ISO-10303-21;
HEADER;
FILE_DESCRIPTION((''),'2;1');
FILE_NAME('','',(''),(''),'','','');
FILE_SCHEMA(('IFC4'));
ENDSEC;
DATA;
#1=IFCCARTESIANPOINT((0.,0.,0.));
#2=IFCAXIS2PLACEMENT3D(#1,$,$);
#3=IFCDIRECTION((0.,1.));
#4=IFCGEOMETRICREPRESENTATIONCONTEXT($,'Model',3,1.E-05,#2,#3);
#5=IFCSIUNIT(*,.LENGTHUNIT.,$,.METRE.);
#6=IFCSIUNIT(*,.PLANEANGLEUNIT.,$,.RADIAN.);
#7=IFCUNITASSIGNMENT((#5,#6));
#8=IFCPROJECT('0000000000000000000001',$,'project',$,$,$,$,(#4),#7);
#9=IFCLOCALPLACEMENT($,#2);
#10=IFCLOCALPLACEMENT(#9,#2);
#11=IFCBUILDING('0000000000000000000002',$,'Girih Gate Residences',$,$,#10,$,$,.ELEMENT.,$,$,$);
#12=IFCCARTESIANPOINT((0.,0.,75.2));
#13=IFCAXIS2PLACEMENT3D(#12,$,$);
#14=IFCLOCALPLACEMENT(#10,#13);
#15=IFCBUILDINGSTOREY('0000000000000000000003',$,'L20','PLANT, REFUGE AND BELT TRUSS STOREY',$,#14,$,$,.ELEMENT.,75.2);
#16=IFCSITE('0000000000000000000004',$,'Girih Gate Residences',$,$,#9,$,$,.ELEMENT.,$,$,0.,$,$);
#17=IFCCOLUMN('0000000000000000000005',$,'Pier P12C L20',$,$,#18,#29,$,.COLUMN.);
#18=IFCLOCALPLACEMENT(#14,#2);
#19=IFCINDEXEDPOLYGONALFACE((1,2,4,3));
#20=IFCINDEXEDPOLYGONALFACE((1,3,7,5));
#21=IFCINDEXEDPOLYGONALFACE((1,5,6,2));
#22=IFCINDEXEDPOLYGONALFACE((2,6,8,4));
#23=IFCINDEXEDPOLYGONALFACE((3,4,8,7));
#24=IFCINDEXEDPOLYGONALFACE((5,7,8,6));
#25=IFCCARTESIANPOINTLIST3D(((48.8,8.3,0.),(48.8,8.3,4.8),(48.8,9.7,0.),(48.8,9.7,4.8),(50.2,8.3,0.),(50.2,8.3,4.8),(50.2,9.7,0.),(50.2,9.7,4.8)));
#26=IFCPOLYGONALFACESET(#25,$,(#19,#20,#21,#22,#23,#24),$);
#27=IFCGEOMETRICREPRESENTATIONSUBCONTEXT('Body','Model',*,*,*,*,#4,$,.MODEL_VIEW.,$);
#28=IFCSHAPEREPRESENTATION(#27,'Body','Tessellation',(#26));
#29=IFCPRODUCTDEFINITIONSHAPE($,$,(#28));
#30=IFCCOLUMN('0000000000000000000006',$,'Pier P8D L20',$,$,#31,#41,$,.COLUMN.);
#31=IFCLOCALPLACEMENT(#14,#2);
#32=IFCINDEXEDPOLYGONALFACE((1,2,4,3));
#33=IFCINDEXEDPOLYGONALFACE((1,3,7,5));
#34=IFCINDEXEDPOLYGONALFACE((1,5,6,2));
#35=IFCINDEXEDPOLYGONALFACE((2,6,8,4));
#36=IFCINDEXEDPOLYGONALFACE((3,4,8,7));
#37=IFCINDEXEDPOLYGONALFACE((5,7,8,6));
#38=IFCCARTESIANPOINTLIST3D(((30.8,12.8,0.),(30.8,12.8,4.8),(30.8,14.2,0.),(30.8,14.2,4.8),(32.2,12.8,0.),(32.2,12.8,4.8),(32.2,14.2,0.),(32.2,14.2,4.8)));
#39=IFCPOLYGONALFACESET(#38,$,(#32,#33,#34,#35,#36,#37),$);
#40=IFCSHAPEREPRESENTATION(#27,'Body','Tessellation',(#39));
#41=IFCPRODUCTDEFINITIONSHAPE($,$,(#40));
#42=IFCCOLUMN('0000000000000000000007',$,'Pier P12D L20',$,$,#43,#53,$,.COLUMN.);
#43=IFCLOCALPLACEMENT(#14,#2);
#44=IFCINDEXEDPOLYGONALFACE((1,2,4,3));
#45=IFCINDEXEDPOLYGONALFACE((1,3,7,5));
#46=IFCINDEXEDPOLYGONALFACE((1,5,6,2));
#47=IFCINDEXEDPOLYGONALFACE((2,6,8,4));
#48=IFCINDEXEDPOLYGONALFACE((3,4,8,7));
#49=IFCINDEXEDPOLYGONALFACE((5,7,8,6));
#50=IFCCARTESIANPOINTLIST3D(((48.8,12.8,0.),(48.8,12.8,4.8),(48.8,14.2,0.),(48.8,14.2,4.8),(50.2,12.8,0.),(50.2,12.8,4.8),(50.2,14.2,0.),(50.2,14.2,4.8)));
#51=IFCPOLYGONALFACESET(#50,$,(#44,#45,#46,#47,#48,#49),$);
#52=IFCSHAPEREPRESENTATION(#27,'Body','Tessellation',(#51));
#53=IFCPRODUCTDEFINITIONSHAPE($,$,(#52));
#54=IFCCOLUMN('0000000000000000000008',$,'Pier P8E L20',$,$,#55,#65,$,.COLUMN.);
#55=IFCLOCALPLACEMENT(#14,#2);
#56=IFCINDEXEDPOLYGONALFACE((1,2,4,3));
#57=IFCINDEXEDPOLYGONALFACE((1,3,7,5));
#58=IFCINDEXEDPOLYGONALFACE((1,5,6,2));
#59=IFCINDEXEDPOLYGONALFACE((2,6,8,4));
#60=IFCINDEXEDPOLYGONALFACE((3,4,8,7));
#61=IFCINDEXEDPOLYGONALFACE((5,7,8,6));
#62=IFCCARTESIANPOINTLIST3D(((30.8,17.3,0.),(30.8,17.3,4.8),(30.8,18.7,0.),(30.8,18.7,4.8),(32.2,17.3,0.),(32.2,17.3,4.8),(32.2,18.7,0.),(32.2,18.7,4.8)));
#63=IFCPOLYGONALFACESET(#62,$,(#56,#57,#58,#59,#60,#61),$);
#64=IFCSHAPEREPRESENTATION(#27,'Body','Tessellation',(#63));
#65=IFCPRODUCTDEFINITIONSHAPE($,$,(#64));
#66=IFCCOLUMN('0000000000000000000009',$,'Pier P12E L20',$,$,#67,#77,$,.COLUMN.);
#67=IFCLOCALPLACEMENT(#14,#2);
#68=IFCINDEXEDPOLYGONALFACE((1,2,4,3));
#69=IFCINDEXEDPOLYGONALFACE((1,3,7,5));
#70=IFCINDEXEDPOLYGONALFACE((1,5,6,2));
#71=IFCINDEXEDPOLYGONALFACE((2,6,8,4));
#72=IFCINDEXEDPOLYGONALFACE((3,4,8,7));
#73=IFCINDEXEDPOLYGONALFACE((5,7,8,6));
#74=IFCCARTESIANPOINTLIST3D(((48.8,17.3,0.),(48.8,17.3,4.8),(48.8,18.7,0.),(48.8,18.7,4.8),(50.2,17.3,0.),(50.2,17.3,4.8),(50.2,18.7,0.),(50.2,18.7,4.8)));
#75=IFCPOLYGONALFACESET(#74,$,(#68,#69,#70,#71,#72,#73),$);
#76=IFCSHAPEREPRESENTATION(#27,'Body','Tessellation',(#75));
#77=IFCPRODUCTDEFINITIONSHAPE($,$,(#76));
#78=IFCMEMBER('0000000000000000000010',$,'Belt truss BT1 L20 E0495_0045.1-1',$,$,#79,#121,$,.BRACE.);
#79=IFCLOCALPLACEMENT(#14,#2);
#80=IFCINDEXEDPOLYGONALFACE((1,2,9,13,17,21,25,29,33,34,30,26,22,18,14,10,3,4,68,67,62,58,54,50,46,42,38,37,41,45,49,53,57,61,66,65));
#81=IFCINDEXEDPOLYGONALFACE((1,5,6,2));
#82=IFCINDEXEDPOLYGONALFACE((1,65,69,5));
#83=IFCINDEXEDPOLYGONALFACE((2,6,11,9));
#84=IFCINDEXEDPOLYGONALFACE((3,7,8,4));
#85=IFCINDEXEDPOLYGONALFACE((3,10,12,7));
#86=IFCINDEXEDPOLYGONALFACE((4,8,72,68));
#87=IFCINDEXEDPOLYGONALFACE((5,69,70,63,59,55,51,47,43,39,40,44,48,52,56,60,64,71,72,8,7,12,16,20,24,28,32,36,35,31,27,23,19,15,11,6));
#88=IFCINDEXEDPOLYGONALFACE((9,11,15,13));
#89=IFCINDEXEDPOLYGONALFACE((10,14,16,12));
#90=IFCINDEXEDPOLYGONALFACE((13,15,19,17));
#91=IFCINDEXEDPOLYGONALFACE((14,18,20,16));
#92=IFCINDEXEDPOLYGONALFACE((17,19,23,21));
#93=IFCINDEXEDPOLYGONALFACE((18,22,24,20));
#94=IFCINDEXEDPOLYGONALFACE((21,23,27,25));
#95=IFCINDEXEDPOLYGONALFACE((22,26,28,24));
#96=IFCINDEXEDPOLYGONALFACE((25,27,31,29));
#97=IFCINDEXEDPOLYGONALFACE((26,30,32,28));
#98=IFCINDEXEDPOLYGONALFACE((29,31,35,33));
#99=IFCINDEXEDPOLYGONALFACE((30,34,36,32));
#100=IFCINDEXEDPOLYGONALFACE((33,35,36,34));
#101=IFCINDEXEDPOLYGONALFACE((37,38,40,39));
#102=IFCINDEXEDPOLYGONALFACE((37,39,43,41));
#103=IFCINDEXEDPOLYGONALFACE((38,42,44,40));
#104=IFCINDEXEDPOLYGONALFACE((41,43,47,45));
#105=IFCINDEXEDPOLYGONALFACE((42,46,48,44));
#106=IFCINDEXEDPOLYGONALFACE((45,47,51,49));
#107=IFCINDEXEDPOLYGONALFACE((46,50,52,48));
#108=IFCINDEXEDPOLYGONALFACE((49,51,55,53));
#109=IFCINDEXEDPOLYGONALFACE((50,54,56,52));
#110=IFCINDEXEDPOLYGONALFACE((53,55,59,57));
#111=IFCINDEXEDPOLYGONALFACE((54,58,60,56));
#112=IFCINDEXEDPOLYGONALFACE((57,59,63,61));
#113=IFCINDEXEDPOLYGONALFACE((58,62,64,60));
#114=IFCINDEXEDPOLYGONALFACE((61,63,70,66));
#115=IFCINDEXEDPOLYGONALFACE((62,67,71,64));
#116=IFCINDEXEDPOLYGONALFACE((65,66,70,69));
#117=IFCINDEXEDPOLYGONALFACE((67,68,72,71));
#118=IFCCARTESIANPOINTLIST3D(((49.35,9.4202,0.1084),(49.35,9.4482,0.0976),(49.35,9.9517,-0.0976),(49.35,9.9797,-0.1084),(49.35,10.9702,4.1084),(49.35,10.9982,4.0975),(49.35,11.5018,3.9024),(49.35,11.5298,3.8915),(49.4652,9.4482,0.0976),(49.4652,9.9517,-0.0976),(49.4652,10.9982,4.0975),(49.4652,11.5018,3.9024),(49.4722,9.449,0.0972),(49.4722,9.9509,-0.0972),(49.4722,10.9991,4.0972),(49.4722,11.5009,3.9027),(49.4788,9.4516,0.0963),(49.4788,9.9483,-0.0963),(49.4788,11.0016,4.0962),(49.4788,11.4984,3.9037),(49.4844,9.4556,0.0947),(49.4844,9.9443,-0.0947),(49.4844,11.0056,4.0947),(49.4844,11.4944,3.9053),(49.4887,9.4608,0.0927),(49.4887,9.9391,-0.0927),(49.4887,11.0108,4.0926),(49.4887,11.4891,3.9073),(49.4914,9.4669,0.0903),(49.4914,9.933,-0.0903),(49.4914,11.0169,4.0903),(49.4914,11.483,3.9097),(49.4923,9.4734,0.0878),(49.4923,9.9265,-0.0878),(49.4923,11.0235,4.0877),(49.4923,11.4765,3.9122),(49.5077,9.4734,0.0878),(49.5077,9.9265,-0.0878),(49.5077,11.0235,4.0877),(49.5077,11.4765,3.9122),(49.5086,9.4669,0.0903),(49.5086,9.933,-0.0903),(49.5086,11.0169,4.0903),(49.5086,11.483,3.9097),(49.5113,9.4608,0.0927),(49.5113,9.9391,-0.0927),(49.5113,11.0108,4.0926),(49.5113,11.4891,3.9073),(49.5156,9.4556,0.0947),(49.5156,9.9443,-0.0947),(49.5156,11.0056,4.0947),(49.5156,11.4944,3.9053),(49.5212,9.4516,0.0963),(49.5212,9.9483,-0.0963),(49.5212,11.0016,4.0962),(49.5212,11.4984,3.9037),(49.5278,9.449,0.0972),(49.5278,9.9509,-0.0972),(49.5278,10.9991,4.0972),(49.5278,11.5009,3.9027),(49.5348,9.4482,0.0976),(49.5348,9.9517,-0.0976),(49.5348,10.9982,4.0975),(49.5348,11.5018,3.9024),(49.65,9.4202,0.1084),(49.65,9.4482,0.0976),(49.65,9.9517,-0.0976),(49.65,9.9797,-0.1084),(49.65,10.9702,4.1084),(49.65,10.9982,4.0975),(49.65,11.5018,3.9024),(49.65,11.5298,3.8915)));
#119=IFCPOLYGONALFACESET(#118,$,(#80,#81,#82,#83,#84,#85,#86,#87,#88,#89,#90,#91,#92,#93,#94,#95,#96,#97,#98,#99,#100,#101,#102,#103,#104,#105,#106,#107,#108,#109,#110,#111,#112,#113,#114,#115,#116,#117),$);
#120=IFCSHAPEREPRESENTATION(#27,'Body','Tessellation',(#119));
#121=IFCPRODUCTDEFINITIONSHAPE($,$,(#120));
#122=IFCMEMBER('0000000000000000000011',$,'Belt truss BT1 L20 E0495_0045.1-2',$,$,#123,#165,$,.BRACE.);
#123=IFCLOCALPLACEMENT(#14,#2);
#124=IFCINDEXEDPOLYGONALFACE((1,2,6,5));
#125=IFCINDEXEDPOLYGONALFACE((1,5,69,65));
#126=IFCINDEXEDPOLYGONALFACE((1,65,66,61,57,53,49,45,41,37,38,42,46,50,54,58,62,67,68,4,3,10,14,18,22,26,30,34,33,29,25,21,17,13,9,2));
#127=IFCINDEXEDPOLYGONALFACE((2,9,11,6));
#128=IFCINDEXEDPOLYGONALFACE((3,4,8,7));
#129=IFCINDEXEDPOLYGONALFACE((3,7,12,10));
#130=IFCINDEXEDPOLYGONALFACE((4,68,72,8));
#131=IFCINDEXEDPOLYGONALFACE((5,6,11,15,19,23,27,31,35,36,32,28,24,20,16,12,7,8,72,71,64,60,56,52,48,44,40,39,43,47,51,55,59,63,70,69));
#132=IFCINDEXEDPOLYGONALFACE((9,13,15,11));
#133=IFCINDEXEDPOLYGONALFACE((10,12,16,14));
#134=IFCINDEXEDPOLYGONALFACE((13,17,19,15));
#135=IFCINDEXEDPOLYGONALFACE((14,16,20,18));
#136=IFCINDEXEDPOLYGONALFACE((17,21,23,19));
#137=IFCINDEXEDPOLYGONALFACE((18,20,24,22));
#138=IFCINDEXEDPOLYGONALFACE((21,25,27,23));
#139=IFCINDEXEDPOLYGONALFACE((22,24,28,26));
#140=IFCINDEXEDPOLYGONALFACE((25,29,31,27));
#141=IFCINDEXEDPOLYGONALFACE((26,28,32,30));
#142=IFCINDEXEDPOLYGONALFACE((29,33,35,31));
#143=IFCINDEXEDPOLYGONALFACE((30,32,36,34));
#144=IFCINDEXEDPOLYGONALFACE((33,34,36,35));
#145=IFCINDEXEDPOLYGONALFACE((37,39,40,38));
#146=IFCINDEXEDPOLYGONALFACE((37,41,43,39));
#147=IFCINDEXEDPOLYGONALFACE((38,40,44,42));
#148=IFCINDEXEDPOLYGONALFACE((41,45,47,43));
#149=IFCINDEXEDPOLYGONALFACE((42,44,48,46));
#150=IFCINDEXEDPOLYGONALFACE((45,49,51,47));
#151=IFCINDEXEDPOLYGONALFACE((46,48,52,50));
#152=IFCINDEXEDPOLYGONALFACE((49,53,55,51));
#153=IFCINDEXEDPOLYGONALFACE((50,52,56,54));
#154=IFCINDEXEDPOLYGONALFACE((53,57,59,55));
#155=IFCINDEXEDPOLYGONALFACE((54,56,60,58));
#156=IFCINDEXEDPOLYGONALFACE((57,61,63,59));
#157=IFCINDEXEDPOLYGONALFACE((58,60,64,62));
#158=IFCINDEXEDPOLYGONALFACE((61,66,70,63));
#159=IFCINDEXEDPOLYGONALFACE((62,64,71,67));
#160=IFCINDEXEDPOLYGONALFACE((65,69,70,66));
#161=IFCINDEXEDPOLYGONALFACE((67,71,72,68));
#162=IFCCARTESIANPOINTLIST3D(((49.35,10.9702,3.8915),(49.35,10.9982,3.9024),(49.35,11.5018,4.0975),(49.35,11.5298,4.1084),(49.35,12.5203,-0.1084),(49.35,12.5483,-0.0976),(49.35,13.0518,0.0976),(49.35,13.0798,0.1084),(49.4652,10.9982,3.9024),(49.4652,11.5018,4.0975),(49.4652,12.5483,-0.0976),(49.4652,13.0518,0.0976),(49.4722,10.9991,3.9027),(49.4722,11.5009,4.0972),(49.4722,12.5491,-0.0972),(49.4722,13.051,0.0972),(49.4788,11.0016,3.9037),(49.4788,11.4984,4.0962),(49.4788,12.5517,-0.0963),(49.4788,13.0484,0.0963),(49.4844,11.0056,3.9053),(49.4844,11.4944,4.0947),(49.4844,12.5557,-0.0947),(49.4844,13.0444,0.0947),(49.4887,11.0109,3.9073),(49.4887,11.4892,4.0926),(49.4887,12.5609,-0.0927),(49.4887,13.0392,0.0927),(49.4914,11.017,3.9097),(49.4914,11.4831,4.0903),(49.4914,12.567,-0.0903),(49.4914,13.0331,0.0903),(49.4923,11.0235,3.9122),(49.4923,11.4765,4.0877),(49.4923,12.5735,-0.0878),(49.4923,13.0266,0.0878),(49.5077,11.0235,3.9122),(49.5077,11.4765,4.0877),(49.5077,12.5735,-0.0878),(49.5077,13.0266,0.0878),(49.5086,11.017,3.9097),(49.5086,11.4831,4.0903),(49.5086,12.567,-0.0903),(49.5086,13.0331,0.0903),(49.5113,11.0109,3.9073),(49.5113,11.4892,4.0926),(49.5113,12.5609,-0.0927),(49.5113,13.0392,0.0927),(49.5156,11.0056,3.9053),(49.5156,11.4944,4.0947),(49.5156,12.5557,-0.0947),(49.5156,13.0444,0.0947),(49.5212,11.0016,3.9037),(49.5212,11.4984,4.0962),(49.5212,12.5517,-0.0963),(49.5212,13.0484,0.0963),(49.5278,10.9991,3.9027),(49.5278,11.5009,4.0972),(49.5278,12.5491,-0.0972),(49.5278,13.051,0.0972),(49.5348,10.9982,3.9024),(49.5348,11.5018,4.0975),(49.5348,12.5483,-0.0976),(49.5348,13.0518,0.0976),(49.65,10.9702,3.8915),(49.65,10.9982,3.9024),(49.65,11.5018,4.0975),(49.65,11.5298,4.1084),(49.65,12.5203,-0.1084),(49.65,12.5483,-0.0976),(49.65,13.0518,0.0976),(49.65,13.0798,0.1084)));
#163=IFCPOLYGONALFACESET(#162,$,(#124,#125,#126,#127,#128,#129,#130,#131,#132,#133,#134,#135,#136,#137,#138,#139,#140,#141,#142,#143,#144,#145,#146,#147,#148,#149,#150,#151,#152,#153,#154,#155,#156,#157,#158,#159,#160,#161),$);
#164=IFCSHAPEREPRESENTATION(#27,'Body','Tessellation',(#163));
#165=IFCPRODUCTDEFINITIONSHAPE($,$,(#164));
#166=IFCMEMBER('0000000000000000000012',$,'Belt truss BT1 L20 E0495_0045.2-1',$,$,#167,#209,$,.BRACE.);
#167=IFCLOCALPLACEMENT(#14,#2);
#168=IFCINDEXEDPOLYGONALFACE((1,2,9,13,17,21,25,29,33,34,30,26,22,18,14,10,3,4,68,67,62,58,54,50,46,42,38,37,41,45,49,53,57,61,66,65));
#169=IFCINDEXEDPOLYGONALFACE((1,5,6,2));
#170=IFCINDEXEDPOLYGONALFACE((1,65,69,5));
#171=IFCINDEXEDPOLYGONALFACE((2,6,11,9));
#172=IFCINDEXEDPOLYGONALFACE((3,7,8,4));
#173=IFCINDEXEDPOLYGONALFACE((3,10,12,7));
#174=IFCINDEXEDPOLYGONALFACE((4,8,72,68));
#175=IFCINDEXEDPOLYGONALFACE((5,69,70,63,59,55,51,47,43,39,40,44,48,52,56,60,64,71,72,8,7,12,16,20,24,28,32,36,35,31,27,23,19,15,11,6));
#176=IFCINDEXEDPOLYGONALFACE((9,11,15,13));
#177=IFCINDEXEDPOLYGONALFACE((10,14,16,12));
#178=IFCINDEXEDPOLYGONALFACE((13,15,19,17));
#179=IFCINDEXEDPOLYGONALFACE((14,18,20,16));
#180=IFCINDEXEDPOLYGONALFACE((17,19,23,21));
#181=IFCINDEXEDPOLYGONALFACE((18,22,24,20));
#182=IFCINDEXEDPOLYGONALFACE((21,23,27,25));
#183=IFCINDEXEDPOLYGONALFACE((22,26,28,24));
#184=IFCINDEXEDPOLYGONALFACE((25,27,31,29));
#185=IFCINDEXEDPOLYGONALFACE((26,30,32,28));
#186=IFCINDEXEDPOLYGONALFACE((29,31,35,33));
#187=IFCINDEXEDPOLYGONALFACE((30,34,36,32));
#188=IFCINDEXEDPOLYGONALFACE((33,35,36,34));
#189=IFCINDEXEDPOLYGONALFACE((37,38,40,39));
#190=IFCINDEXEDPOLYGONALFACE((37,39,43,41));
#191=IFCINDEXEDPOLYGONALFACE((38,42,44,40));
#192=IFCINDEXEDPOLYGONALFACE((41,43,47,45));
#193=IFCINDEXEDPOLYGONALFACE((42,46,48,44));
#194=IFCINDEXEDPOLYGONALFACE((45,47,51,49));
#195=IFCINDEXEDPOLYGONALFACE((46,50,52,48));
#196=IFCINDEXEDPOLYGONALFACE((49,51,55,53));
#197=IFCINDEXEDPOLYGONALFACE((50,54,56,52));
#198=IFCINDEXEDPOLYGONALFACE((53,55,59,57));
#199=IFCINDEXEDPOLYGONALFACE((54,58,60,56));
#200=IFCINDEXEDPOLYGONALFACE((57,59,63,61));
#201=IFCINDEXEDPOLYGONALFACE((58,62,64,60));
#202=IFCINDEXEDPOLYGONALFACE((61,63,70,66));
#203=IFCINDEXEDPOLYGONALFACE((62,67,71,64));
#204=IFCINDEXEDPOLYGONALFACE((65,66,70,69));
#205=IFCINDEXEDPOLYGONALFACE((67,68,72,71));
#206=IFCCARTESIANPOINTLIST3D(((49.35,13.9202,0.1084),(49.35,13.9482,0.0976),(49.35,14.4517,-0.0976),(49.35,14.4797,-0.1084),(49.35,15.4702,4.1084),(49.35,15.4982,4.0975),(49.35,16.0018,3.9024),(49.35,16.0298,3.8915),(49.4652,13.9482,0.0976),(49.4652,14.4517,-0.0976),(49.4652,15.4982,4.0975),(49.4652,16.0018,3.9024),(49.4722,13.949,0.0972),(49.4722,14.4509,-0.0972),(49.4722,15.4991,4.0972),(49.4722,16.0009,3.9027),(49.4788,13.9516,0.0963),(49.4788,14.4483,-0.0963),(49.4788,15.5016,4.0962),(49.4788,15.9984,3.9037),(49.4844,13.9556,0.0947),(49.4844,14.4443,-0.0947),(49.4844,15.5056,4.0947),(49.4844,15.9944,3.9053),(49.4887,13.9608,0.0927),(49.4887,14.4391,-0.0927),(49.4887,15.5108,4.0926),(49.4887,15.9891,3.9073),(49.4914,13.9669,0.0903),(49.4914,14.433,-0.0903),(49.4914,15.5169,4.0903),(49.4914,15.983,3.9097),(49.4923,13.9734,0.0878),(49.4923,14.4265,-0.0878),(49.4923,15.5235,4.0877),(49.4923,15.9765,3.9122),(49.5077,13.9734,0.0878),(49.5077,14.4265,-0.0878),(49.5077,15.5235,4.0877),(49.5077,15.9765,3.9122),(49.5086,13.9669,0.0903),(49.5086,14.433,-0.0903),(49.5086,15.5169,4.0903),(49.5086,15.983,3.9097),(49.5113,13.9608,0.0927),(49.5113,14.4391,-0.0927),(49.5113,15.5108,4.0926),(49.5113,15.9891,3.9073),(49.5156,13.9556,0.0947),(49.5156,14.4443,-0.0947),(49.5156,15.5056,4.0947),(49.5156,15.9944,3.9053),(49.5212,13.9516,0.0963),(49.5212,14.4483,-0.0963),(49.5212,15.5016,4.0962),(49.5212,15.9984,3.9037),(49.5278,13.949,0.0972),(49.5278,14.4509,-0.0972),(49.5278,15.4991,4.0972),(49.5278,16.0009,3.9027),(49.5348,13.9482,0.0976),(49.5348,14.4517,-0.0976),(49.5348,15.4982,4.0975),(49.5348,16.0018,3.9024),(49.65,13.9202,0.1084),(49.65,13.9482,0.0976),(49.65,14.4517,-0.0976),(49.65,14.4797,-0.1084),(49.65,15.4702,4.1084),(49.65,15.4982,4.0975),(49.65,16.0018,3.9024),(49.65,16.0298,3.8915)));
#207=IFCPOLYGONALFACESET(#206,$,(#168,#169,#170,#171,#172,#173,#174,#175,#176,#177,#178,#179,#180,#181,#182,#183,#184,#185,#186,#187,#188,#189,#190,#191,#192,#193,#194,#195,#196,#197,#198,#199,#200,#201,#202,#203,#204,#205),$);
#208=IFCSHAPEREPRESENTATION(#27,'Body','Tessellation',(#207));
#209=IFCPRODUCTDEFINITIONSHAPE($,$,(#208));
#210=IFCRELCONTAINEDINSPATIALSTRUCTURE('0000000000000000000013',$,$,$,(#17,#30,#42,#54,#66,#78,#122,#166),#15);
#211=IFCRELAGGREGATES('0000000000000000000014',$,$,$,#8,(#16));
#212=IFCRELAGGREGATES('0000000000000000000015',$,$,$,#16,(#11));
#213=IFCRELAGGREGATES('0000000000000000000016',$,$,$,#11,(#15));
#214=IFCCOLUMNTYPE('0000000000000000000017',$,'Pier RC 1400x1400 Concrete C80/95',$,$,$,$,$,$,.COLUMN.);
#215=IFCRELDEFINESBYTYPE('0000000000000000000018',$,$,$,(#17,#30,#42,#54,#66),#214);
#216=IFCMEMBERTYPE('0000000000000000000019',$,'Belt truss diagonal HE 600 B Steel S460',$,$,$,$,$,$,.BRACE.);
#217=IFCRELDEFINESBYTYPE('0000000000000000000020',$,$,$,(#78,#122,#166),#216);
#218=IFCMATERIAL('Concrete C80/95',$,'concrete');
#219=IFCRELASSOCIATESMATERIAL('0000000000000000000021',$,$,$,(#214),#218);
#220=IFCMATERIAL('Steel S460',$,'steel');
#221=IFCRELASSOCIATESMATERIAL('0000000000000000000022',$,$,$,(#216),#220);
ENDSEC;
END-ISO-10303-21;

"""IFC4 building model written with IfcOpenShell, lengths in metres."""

from ifc_helpers import new_model, si_unit, direction, frame, origin, origin_2d, place, context, subcontext, project, spatial, rectangle, i_section, extrude, material, material_profile, profile_set, type_object, element, save


model = new_model("IFC4")

# Units and contexts
model_context = context("Model", 3, precision=1e-05, world=origin(), true_north=direction((0.0, 1.0)))
body_context = subcontext(model_context, "Body", "Model", "MODEL_VIEW")
ifc_project = project(units=[si_unit("LENGTHUNIT", "METRE"), si_unit("PLANEANGLEUNIT", "RADIAN")], contexts=[model_context])

# Site, building, storey
site_placement = place(None, origin())
site = spatial("IfcSite", under=ifc_project, at=site_placement, Name="Girih Gate Residences", CompositionType="ELEMENT", RefElevation=0.0)
building_placement = place(site_placement, origin())
building = spatial("IfcBuilding", under=site, at=building_placement, Name="Girih Gate Residences", CompositionType="ELEMENT")
storey_placement = place(building_placement, frame((0.0, 0.0, 75.2)))
storey = spatial("IfcBuildingStorey", under=building, at=storey_placement, Name="L20", Description="PLANT, REFUGE AND BELT TRUSS STOREY", CompositionType="ELEMENT", Elevation=75.2)

# Columns
ifc_material_1 = material(Name="Concrete C80/95", Category="concrete")
ifc_material_profile_1 = material_profile(ifc_material_1, rectangle(XDim=1.3999, YDim=1.3999, at=origin_2d()))
ifc_profile_set_1 = profile_set([ifc_material_profile_1], Name="Concrete C80/95")
column_type = type_object("IfcColumnType", Name="Pier RC 1400x1400 Concrete C80/95", PredefinedType="COLUMN", material=ifc_profile_set_1)
for number, where, z_axis, x_axis, name in (
    (1, (49.5, 9.0, 0.0), (0.0, 0.0, 1.0), (1.0, 0.0, 0.0), "Pier P12C L20"),
    (2, (31.5, 13.5, 0.0), (0.0, 0.0, 1.0), (1.0, 0.0, 0.0), "Pier P8D L20"),
    (3, (49.5, 13.5, 0.0), (0.0, 0.0, 1.0), (1.0, 0.0, 0.0), "Pier P12D L20"),
    (4, (31.5, 18.0, 0.0), (0.0, 0.0, 1.0), (1.0, 0.0, 0.0), "Pier P8E L20"),
    (5, (49.5, 18.0, 0.0), (0.0, 0.0, 1.0), (1.0, 0.0, 0.0), "Pier P12E L20"),
):
    element("IfcColumn", number, at=place(storey_placement, frame(where, z_axis=z_axis, x_axis=x_axis)), inside=storey, type_object=column_type, Name=name, PredefinedType="COLUMN", context=body_context, shape_type="SweptSolid", body=[
        extrude(rectangle(XDim=1.3999, YDim=1.3999, at=origin_2d()), origin(), (0.0, 0.0, 1.0), 4.8),
    ])

# Members
ifc_material_2 = material(Name="Steel S460", Category="steel")
ifc_material_profile_2 = material_profile(ifc_material_2, i_section(OverallWidth=0.3, OverallDepth=0.6001, WebThickness=0.0154, FlangeThickness=0.03, FilletRadius=0.0271, at=origin_2d()))
ifc_profile_set_2 = profile_set([ifc_material_profile_2], Name="Steel S460")
member_type = type_object("IfcMemberType", Name="Belt truss diagonal HE 600 B Steel S460", PredefinedType="BRACE", material=ifc_profile_set_2)
for number, where, z_axis, x_axis, name in (
    (6, (49.5, 9.7, 0.0), (0.0, 0.361331, 0.932438), (-1.0, 0.0, 0.0), "Belt truss BT1 L20 E0495_0045.1-1"),
    (7, (49.5, 12.8, 0.0), (0.0, -0.361331, 0.932438), (1.0, 0.0, 0.0), "Belt truss BT1 L20 E0495_0045.1-2"),
    (8, (49.5, 14.2, 0.0), (0.0, 0.361331, 0.932438), (-1.0, 0.0, 0.0), "Belt truss BT1 L20 E0495_0045.2-1"),
):
    element("IfcMember", number, at=place(storey_placement, frame(where, z_axis=z_axis, x_axis=x_axis)), inside=storey, type_object=member_type, Name=name, PredefinedType="BRACE", context=body_context, shape_type="SweptSolid", body=[
        extrude(i_section(OverallWidth=0.3, OverallDepth=0.6001, WebThickness=0.0154, FlangeThickness=0.03, FilletRadius=0.0271, at=origin_2d()), origin(), (0.0, 0.0, 1.0), 4.2898),
    ])

save(model, "model.ifc")
